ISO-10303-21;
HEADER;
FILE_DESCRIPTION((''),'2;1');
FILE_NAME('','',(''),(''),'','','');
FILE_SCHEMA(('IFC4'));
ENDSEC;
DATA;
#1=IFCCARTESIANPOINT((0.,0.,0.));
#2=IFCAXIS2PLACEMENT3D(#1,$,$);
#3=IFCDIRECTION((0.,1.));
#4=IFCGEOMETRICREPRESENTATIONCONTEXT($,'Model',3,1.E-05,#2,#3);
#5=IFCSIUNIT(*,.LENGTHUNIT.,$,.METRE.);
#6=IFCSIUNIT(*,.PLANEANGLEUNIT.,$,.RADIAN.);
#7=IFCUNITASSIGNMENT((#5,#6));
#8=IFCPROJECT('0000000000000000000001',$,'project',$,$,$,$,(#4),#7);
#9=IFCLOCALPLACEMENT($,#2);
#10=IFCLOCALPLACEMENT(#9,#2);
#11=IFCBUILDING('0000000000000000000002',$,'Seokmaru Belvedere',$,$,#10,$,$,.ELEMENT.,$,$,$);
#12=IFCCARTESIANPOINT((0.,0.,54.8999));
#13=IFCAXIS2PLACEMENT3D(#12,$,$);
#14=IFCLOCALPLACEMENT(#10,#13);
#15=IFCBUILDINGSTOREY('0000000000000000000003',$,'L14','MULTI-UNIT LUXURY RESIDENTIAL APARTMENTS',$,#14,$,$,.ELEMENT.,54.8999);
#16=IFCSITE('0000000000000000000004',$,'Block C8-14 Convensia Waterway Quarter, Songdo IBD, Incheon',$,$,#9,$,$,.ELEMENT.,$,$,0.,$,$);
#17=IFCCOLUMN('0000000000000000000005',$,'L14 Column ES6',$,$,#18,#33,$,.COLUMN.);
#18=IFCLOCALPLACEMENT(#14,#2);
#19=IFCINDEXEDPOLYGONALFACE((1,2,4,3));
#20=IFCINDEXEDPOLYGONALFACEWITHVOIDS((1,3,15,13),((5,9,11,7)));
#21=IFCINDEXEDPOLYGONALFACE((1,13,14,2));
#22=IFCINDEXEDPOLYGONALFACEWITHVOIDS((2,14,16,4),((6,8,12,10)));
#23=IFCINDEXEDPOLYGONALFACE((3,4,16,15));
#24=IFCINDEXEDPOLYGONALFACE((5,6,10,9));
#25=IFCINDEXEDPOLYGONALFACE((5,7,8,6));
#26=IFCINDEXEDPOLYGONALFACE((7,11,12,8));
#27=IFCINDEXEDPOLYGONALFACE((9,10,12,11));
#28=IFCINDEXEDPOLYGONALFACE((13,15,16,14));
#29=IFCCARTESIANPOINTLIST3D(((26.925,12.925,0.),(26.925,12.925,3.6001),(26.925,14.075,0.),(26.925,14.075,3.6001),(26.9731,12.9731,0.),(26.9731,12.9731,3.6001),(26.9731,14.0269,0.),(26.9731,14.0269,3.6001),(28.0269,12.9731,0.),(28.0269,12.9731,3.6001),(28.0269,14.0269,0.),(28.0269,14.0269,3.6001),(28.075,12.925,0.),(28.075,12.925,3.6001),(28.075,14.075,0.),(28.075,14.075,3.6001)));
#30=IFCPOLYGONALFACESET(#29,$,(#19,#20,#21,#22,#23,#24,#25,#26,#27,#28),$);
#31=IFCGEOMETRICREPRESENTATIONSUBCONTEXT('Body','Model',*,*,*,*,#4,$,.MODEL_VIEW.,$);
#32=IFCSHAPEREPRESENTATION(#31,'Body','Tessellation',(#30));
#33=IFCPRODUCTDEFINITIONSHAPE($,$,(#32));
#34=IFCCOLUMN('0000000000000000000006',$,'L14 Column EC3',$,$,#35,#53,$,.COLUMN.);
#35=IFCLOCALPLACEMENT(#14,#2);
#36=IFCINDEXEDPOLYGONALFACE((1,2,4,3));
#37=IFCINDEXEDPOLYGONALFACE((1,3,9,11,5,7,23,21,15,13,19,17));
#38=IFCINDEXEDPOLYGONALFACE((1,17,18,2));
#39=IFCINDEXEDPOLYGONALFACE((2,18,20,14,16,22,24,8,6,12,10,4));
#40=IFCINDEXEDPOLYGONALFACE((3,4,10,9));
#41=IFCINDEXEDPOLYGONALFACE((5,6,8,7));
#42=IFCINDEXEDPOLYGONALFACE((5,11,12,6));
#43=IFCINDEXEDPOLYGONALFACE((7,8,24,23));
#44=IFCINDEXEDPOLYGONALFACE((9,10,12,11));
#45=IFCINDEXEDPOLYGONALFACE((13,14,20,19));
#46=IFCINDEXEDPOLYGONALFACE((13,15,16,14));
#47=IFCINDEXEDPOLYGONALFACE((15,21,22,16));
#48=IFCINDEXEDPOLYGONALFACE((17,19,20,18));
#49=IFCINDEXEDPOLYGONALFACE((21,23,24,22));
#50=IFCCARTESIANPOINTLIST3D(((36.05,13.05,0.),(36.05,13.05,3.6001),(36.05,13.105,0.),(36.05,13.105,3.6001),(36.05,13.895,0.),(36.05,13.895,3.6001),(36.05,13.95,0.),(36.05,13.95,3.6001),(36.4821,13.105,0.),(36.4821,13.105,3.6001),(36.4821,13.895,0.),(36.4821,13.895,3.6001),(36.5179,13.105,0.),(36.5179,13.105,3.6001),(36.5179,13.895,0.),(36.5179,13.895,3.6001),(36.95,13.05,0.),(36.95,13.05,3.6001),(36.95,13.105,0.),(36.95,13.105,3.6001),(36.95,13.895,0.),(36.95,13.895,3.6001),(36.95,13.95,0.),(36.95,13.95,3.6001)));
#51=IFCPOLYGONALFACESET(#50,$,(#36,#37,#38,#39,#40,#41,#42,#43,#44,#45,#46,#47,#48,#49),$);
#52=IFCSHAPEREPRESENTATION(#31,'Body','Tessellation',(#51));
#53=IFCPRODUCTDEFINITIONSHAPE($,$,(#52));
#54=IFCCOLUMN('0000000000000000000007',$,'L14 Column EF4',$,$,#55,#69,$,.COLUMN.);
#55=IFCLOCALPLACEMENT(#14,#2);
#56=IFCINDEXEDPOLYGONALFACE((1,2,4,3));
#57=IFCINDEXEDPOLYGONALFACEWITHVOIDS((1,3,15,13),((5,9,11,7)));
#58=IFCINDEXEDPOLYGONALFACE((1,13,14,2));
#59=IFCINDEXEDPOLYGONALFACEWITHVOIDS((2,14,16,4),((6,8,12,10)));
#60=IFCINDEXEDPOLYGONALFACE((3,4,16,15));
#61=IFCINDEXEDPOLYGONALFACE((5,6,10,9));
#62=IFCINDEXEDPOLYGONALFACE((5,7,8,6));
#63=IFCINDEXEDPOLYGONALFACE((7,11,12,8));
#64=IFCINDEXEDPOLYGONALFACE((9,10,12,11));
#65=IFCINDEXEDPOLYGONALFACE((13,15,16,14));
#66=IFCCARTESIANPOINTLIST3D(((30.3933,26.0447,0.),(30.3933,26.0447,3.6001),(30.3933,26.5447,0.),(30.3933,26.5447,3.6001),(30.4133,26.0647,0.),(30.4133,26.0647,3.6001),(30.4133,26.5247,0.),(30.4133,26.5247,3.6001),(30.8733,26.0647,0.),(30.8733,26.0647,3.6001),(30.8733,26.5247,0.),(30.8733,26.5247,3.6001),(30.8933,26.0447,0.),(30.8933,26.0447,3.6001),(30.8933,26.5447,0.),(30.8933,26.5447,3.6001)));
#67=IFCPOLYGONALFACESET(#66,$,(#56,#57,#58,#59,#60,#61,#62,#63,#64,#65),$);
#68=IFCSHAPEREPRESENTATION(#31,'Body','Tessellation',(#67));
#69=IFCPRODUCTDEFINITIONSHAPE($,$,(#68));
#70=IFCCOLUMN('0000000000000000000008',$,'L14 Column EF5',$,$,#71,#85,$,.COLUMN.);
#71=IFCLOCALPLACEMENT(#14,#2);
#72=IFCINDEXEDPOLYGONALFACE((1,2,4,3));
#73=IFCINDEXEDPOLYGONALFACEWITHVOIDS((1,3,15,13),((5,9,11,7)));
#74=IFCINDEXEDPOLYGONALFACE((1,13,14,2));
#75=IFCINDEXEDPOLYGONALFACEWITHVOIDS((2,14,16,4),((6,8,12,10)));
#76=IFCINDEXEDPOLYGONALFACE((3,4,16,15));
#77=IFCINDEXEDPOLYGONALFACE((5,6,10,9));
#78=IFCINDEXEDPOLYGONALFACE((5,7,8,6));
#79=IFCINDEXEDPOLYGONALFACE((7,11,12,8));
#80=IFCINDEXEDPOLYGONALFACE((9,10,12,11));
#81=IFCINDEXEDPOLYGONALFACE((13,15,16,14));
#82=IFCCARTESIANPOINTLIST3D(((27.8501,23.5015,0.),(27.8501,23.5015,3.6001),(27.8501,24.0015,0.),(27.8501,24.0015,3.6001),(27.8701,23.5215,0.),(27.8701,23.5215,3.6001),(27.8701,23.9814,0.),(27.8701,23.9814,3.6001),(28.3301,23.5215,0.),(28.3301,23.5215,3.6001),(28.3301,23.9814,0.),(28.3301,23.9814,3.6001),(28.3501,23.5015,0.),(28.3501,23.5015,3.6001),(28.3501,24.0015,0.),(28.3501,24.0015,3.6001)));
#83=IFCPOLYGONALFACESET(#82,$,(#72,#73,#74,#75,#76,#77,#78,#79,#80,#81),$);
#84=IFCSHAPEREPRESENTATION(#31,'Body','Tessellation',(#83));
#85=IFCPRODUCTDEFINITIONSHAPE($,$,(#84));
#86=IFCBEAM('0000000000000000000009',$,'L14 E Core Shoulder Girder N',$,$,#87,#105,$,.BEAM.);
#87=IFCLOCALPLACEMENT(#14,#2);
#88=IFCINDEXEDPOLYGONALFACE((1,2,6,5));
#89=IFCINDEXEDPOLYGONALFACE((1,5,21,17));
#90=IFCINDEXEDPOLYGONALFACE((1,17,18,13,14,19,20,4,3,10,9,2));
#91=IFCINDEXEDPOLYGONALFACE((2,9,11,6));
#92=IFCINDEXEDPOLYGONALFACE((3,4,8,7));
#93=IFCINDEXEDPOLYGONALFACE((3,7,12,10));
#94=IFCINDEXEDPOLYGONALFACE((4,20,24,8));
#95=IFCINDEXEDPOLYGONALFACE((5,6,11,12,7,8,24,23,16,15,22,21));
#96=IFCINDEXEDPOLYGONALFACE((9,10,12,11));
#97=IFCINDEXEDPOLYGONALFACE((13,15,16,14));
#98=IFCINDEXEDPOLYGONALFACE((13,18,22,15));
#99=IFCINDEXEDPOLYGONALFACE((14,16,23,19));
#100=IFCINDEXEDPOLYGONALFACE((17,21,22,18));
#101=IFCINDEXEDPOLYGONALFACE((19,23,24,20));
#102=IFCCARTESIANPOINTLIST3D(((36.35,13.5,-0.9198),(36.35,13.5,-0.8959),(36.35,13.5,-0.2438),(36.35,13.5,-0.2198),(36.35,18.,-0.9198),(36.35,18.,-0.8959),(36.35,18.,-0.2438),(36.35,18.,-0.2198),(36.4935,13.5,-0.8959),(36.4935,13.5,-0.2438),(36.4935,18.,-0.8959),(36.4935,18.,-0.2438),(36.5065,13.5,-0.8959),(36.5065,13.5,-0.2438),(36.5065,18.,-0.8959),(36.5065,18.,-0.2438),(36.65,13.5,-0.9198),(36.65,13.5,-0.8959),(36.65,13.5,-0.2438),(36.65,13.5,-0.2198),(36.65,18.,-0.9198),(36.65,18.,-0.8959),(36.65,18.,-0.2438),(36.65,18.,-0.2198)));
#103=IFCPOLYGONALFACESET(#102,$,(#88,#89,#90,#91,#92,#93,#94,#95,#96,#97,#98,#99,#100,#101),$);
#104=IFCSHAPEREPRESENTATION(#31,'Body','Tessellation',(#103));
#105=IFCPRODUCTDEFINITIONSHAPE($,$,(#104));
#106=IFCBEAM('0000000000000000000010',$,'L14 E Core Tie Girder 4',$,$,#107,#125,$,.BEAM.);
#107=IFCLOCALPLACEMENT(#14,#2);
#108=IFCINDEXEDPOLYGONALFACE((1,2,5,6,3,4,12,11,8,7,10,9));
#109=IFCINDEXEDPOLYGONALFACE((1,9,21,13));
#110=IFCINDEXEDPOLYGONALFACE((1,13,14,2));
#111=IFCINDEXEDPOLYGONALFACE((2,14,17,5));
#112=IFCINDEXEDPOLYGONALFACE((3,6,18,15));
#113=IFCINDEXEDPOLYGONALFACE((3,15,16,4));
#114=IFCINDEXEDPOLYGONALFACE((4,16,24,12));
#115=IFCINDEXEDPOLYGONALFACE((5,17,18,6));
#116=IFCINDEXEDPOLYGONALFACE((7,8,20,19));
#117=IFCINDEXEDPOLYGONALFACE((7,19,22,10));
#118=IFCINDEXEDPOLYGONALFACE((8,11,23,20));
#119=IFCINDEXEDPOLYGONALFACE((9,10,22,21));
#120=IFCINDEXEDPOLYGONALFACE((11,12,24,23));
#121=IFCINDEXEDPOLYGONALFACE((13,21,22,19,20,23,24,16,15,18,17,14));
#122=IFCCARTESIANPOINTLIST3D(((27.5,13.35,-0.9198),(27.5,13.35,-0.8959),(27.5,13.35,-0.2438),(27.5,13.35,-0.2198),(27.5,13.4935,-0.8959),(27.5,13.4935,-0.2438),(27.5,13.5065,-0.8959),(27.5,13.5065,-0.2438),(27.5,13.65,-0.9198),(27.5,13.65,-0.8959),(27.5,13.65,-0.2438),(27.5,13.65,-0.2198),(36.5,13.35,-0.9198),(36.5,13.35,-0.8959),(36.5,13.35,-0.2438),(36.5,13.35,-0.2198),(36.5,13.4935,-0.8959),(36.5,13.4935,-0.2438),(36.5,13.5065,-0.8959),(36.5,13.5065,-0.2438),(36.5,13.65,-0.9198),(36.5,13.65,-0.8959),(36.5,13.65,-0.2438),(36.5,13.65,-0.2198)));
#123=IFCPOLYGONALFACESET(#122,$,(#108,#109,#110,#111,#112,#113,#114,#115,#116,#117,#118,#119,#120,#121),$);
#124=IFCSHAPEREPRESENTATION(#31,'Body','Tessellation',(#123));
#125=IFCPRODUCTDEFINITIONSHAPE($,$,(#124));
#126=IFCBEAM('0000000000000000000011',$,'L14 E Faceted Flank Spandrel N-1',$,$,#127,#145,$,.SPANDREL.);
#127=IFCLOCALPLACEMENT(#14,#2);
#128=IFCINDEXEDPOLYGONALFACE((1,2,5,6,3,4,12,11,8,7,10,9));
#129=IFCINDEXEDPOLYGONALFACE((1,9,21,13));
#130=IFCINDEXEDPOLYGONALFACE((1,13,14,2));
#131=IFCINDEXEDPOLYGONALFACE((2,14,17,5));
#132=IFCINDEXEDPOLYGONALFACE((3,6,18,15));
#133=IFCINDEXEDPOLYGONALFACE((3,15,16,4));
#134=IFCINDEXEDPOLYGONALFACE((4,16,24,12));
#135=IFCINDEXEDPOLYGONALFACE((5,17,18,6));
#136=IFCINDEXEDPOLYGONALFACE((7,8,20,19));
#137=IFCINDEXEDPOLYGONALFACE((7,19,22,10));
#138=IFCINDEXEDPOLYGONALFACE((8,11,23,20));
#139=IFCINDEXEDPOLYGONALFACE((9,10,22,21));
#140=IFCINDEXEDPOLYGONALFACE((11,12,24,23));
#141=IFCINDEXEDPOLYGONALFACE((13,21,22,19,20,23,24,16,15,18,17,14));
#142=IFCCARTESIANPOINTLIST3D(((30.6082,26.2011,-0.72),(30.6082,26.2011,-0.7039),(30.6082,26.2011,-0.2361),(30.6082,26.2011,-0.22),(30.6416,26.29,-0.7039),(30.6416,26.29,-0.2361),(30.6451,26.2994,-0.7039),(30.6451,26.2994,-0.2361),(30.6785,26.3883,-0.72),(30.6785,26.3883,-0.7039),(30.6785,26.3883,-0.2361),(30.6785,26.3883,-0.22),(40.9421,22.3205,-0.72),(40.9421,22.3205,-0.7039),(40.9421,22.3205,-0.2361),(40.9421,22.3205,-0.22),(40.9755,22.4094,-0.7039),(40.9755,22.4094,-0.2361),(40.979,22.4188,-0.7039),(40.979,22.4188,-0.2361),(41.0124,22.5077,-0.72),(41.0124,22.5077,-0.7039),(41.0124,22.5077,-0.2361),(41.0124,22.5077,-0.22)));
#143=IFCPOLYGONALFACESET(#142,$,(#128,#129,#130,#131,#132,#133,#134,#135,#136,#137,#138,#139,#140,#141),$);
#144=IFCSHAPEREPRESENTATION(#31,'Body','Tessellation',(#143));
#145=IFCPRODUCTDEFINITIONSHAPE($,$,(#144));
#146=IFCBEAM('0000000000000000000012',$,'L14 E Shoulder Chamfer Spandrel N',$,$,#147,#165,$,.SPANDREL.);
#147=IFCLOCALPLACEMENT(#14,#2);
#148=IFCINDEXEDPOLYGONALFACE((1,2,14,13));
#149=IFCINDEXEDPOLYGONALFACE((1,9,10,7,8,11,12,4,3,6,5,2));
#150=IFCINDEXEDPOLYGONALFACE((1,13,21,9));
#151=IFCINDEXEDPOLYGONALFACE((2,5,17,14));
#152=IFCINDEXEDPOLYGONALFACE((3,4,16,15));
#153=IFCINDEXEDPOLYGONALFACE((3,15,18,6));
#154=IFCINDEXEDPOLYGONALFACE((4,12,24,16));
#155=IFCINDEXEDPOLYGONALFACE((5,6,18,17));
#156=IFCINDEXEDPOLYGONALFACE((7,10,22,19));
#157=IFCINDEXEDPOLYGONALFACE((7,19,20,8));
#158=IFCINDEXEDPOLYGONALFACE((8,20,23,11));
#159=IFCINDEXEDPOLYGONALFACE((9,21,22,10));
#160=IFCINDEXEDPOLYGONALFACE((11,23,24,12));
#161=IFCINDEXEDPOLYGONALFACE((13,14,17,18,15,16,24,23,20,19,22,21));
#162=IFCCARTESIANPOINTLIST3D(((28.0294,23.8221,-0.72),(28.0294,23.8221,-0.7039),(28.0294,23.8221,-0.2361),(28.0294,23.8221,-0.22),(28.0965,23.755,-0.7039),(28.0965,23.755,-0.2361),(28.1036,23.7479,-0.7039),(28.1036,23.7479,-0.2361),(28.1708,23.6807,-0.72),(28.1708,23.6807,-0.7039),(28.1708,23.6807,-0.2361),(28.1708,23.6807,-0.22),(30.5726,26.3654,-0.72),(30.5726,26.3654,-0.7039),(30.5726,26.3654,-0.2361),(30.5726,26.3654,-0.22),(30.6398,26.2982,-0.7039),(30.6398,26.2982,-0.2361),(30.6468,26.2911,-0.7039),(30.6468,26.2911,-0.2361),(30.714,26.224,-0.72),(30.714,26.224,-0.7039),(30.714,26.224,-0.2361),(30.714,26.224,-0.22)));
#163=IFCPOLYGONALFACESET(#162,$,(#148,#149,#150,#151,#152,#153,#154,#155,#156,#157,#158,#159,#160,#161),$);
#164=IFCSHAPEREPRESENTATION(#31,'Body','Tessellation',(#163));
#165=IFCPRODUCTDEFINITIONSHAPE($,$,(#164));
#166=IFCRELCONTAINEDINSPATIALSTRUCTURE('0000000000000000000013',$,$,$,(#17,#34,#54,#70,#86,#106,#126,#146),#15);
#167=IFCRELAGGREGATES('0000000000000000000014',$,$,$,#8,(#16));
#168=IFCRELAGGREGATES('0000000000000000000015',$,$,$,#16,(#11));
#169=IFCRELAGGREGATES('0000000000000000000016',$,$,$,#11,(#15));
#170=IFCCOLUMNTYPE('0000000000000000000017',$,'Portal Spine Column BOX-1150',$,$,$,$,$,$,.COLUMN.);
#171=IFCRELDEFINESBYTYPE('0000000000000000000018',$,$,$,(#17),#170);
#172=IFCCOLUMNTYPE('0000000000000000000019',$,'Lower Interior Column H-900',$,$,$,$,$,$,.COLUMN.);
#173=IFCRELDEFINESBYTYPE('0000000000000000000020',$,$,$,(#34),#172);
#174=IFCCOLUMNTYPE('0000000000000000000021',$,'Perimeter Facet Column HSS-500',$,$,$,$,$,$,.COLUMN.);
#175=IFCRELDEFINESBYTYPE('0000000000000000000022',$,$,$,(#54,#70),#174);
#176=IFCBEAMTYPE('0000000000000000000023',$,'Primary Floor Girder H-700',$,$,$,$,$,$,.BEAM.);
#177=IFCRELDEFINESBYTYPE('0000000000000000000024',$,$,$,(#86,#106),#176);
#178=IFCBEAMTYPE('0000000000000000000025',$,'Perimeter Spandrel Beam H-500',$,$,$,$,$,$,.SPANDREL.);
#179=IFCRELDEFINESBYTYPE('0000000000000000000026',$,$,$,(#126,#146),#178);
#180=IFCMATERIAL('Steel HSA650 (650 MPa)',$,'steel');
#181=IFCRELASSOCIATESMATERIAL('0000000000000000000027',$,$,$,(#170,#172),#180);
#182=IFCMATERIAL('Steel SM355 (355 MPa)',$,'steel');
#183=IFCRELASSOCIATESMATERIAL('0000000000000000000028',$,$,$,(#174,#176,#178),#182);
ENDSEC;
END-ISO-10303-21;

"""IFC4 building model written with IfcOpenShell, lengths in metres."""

from ifc_helpers import new_model, si_unit, direction, frame, origin, origin_2d, place, context, subcontext, project, spatial, hollow_rectangle, i_section, extrude, source, transform, mapped, material, material_profile, profile_set, type_object, type_shapes, element, save


model = new_model("IFC4")

# Units and contexts
model_context = context("Model", 3, precision=1e-05, world=origin(), true_north=direction((0.0, 1.0)))
body_context = subcontext(model_context, "Body", "Model", "MODEL_VIEW")
ifc_project = project(units=[si_unit("LENGTHUNIT", "METRE"), si_unit("PLANEANGLEUNIT", "RADIAN")], contexts=[model_context])

# Site, building, storey
site_placement = place(None, origin())
site = spatial("IfcSite", under=ifc_project, at=site_placement, Name="Block C8-14 Convensia Waterway Quarter, Songdo IBD, Incheon", CompositionType="ELEMENT", RefElevation=0.0)
building_placement = place(site_placement, origin())
building = spatial("IfcBuilding", under=site, at=building_placement, Name="Seokmaru Belvedere", CompositionType="ELEMENT")
storey_placement = place(building_placement, frame((0.0, 0.0, 54.8999)))
storey = spatial("IfcBuildingStorey", under=building, at=storey_placement, Name="L14", Description="MULTI-UNIT LUXURY RESIDENTIAL APARTMENTS", CompositionType="ELEMENT", Elevation=54.8999)

# Columns
ifc_material_1 = material(Name="Steel HSA650 (650 MPa)", Category="steel")
ifc_material_profile_1 = material_profile(ifc_material_1, hollow_rectangle(XDim=1.1499, YDim=1.1499, WallThickness=0.0481, at=origin_2d()), Name="BOX-1150x1150x48")
ifc_profile_set_1 = profile_set([ifc_material_profile_1], Name="Steel HSA650 (650 MPa)")
column_type_1 = type_object("IfcColumnType", Name="Portal Spine Column BOX-1150", PredefinedType="COLUMN", material=ifc_profile_set_1)
shared_shape_1 = source(origin(), body_context, "Body", "SweptSolid", [
    extrude(hollow_rectangle(XDim=1.1499, YDim=1.1499, WallThickness=0.0481, at=origin_2d()), origin(), (0.0, 0.0, 1.0), 3.6001),
])
type_shapes(column_type_1, [shared_shape_1])
column_1_placement = place(storey_placement, frame((27.5, 13.5, 0.0), z_axis=(0.0, 0.0, 1.0), x_axis=(1.0, 0.0, 0.0)))
element("IfcColumn", 1, at=column_1_placement, inside=storey, type_object=column_type_1, Name="L14 Column ES6", PredefinedType="COLUMN", context=body_context, shape_type="MappedRepresentation", body=[
    mapped(shared_shape_1, transform((0.0, 0.0, 0.0), scale=1.0)),
])
ifc_material_profile_2 = material_profile(ifc_material_1, i_section(OverallWidth=0.8999, OverallDepth=0.8999, WebThickness=0.0359, FlangeThickness=0.0549, at=origin_2d()), Name="H-900x900x36x55")
ifc_profile_set_2 = profile_set([ifc_material_profile_2], Name="Steel HSA650 (650 MPa)")
column_type_2 = type_object("IfcColumnType", Name="Lower Interior Column H-900", PredefinedType="COLUMN", material=ifc_profile_set_2)
shared_shape_2 = source(origin(), body_context, "Body", "SweptSolid", [
    extrude(i_section(OverallWidth=0.8999, OverallDepth=0.8999, WebThickness=0.0359, FlangeThickness=0.0549, at=origin_2d()), origin(), (0.0, 0.0, 1.0), 3.6001),
])
type_shapes(column_type_2, [shared_shape_2])
column_2_placement = place(storey_placement, frame((36.5, 13.5, 0.0), z_axis=(0.0, 0.0, 1.0), x_axis=(1.0, 0.0, 0.0)))
element("IfcColumn", 2, at=column_2_placement, inside=storey, type_object=column_type_2, Name="L14 Column EC3", PredefinedType="COLUMN", context=body_context, shape_type="MappedRepresentation", body=[
    mapped(shared_shape_2, transform((0.0, 0.0, 0.0), scale=1.0)),
])
ifc_material_2 = material(Name="Steel SM355 (355 MPa)", Category="steel")
ifc_material_profile_3 = material_profile(ifc_material_2, hollow_rectangle(XDim=0.5, YDim=0.5, WallThickness=0.02, at=origin_2d()), Name="HSS-500x500x20")
ifc_profile_set_3 = profile_set([ifc_material_profile_3], Name="Steel SM355 (355 MPa)")
column_type_3 = type_object("IfcColumnType", Name="Perimeter Facet Column HSS-500", PredefinedType="COLUMN", material=ifc_profile_set_3)
shared_shape_3 = source(origin(), body_context, "Body", "SweptSolid", [
    extrude(hollow_rectangle(XDim=0.5, YDim=0.5, WallThickness=0.02, at=origin_2d()), origin(), (0.0, 0.0, 1.0), 3.6001),
])
type_shapes(column_type_3, [shared_shape_3])
for number, where, z_axis, x_axis, name in (
    (3, (30.6433, 26.2947, 0.0), (0.0, 0.0, 1.0), (1.0, 0.0, 0.0), "L14 Column EF4"),
    (4, (28.1001, 23.7515, 0.0), (0.0, 0.0, 1.0), (1.0, 0.0, 0.0), "L14 Column EF5"),
):
    element("IfcColumn", number, at=place(storey_placement, frame(where, z_axis=z_axis, x_axis=x_axis)), inside=storey, type_object=column_type_3, Name=name, PredefinedType="COLUMN", context=body_context, shape_type="MappedRepresentation", body=[
        mapped(shared_shape_3, transform((0.0, 0.0, 0.0), scale=1.0)),
    ])

# Beams
ifc_material_profile_4 = material_profile(ifc_material_2, i_section(OverallWidth=0.3, OverallDepth=0.7, WebThickness=0.0129, FlangeThickness=0.0239, at=origin_2d()), Name="H-700x300x13x24")
ifc_profile_set_4 = profile_set([ifc_material_profile_4], Name="Steel SM355 (355 MPa)")
beam_type_1 = type_object("IfcBeamType", Name="Primary Floor Girder H-700", PredefinedType="BEAM", material=ifc_profile_set_4)
shared_shape_4 = source(origin(), body_context, "Body", "SweptSolid", [
    extrude(i_section(OverallWidth=0.3, OverallDepth=0.7, WebThickness=0.0129, FlangeThickness=0.0239, at=origin_2d()), origin(), (0.0, 0.0, 1.0), 4.5),
])
beam_1_placement = place(storey_placement, frame((36.5, 13.5, -0.5698), z_axis=(0.0, 1.0, 0.0), x_axis=(-1.0, 0.0, 0.0)))
element("IfcBeam", 5, at=beam_1_placement, inside=storey, type_object=beam_type_1, Name="L14 E Core Shoulder Girder N", PredefinedType="BEAM", context=body_context, shape_type="MappedRepresentation", body=[
    mapped(shared_shape_4, transform((0.0, 0.0, 0.0), scale=1.0)),
])
shared_shape_5 = source(origin(), body_context, "Body", "SweptSolid", [
    extrude(i_section(OverallWidth=0.3, OverallDepth=0.7, WebThickness=0.0129, FlangeThickness=0.0239, at=origin_2d()), origin(), (0.0, 0.0, 1.0), 9.0),
])
type_shapes(beam_type_1, [shared_shape_4, shared_shape_5])
beam_2_placement = place(storey_placement, frame((27.5, 13.5, -0.5698), z_axis=(1.0, 0.0, 0.0), x_axis=(0.0, 1.0, 0.0)))
element("IfcBeam", 6, at=beam_2_placement, inside=storey, type_object=beam_type_1, Name="L14 E Core Tie Girder 4", PredefinedType="BEAM", context=body_context, shape_type="MappedRepresentation", body=[
    mapped(shared_shape_5, transform((0.0, 0.0, 0.0), scale=1.0)),
])
ifc_material_profile_5 = material_profile(ifc_material_2, i_section(OverallWidth=0.2, OverallDepth=0.5, WebThickness=0.01, FlangeThickness=0.0161, at=origin_2d()), Name="H-500x200x10x16")
ifc_profile_set_5 = profile_set([ifc_material_profile_5], Name="Steel SM355 (355 MPa)")
beam_type_2 = type_object("IfcBeamType", Name="Perimeter Spandrel Beam H-500", PredefinedType="SPANDREL", material=ifc_profile_set_5)
shared_shape_6 = source(origin(), body_context, "Body", "SweptSolid", [
    extrude(i_section(OverallWidth=0.2, OverallDepth=0.5, WebThickness=0.01, FlangeThickness=0.0161, at=origin_2d()), origin(), (0.0, 0.0, 1.0), 11.0386),
])
beam_3_placement = place(storey_placement, frame((30.6433, 26.2947, -0.47), z_axis=(0.936169, -0.35155, 0.0), x_axis=(0.35155, 0.936169, 0.0)))
element("IfcBeam", 7, at=beam_3_placement, inside=storey, type_object=beam_type_2, Name="L14 E Faceted Flank Spandrel N-1", PredefinedType="SPANDREL", context=body_context, shape_type="MappedRepresentation", body=[
    mapped(shared_shape_6, transform((0.0, 0.0, 0.0), scale=1.0)),
])
shared_shape_7 = source(origin(), body_context, "Body", "SweptSolid", [
    extrude(i_section(OverallWidth=0.2, OverallDepth=0.5, WebThickness=0.01, FlangeThickness=0.0161, at=origin_2d()), origin(), (0.0, 0.0, 1.0), 3.5967),
])
beam_4_placement = place(storey_placement, frame((30.6433, 26.2947, -0.47), z_axis=(-0.707107, -0.707107, 0.0), x_axis=(0.707107, -0.707107, 0.0)))
element("IfcBeam", 8, at=beam_4_placement, inside=storey, type_object=beam_type_2, Name="L14 E Shoulder Chamfer Spandrel N", PredefinedType="SPANDREL", context=body_context, shape_type="MappedRepresentation", body=[
    mapped(shared_shape_7, transform((0.0, 0.0, 0.0), scale=1.0)),
])

save(model, "model.ifc")
